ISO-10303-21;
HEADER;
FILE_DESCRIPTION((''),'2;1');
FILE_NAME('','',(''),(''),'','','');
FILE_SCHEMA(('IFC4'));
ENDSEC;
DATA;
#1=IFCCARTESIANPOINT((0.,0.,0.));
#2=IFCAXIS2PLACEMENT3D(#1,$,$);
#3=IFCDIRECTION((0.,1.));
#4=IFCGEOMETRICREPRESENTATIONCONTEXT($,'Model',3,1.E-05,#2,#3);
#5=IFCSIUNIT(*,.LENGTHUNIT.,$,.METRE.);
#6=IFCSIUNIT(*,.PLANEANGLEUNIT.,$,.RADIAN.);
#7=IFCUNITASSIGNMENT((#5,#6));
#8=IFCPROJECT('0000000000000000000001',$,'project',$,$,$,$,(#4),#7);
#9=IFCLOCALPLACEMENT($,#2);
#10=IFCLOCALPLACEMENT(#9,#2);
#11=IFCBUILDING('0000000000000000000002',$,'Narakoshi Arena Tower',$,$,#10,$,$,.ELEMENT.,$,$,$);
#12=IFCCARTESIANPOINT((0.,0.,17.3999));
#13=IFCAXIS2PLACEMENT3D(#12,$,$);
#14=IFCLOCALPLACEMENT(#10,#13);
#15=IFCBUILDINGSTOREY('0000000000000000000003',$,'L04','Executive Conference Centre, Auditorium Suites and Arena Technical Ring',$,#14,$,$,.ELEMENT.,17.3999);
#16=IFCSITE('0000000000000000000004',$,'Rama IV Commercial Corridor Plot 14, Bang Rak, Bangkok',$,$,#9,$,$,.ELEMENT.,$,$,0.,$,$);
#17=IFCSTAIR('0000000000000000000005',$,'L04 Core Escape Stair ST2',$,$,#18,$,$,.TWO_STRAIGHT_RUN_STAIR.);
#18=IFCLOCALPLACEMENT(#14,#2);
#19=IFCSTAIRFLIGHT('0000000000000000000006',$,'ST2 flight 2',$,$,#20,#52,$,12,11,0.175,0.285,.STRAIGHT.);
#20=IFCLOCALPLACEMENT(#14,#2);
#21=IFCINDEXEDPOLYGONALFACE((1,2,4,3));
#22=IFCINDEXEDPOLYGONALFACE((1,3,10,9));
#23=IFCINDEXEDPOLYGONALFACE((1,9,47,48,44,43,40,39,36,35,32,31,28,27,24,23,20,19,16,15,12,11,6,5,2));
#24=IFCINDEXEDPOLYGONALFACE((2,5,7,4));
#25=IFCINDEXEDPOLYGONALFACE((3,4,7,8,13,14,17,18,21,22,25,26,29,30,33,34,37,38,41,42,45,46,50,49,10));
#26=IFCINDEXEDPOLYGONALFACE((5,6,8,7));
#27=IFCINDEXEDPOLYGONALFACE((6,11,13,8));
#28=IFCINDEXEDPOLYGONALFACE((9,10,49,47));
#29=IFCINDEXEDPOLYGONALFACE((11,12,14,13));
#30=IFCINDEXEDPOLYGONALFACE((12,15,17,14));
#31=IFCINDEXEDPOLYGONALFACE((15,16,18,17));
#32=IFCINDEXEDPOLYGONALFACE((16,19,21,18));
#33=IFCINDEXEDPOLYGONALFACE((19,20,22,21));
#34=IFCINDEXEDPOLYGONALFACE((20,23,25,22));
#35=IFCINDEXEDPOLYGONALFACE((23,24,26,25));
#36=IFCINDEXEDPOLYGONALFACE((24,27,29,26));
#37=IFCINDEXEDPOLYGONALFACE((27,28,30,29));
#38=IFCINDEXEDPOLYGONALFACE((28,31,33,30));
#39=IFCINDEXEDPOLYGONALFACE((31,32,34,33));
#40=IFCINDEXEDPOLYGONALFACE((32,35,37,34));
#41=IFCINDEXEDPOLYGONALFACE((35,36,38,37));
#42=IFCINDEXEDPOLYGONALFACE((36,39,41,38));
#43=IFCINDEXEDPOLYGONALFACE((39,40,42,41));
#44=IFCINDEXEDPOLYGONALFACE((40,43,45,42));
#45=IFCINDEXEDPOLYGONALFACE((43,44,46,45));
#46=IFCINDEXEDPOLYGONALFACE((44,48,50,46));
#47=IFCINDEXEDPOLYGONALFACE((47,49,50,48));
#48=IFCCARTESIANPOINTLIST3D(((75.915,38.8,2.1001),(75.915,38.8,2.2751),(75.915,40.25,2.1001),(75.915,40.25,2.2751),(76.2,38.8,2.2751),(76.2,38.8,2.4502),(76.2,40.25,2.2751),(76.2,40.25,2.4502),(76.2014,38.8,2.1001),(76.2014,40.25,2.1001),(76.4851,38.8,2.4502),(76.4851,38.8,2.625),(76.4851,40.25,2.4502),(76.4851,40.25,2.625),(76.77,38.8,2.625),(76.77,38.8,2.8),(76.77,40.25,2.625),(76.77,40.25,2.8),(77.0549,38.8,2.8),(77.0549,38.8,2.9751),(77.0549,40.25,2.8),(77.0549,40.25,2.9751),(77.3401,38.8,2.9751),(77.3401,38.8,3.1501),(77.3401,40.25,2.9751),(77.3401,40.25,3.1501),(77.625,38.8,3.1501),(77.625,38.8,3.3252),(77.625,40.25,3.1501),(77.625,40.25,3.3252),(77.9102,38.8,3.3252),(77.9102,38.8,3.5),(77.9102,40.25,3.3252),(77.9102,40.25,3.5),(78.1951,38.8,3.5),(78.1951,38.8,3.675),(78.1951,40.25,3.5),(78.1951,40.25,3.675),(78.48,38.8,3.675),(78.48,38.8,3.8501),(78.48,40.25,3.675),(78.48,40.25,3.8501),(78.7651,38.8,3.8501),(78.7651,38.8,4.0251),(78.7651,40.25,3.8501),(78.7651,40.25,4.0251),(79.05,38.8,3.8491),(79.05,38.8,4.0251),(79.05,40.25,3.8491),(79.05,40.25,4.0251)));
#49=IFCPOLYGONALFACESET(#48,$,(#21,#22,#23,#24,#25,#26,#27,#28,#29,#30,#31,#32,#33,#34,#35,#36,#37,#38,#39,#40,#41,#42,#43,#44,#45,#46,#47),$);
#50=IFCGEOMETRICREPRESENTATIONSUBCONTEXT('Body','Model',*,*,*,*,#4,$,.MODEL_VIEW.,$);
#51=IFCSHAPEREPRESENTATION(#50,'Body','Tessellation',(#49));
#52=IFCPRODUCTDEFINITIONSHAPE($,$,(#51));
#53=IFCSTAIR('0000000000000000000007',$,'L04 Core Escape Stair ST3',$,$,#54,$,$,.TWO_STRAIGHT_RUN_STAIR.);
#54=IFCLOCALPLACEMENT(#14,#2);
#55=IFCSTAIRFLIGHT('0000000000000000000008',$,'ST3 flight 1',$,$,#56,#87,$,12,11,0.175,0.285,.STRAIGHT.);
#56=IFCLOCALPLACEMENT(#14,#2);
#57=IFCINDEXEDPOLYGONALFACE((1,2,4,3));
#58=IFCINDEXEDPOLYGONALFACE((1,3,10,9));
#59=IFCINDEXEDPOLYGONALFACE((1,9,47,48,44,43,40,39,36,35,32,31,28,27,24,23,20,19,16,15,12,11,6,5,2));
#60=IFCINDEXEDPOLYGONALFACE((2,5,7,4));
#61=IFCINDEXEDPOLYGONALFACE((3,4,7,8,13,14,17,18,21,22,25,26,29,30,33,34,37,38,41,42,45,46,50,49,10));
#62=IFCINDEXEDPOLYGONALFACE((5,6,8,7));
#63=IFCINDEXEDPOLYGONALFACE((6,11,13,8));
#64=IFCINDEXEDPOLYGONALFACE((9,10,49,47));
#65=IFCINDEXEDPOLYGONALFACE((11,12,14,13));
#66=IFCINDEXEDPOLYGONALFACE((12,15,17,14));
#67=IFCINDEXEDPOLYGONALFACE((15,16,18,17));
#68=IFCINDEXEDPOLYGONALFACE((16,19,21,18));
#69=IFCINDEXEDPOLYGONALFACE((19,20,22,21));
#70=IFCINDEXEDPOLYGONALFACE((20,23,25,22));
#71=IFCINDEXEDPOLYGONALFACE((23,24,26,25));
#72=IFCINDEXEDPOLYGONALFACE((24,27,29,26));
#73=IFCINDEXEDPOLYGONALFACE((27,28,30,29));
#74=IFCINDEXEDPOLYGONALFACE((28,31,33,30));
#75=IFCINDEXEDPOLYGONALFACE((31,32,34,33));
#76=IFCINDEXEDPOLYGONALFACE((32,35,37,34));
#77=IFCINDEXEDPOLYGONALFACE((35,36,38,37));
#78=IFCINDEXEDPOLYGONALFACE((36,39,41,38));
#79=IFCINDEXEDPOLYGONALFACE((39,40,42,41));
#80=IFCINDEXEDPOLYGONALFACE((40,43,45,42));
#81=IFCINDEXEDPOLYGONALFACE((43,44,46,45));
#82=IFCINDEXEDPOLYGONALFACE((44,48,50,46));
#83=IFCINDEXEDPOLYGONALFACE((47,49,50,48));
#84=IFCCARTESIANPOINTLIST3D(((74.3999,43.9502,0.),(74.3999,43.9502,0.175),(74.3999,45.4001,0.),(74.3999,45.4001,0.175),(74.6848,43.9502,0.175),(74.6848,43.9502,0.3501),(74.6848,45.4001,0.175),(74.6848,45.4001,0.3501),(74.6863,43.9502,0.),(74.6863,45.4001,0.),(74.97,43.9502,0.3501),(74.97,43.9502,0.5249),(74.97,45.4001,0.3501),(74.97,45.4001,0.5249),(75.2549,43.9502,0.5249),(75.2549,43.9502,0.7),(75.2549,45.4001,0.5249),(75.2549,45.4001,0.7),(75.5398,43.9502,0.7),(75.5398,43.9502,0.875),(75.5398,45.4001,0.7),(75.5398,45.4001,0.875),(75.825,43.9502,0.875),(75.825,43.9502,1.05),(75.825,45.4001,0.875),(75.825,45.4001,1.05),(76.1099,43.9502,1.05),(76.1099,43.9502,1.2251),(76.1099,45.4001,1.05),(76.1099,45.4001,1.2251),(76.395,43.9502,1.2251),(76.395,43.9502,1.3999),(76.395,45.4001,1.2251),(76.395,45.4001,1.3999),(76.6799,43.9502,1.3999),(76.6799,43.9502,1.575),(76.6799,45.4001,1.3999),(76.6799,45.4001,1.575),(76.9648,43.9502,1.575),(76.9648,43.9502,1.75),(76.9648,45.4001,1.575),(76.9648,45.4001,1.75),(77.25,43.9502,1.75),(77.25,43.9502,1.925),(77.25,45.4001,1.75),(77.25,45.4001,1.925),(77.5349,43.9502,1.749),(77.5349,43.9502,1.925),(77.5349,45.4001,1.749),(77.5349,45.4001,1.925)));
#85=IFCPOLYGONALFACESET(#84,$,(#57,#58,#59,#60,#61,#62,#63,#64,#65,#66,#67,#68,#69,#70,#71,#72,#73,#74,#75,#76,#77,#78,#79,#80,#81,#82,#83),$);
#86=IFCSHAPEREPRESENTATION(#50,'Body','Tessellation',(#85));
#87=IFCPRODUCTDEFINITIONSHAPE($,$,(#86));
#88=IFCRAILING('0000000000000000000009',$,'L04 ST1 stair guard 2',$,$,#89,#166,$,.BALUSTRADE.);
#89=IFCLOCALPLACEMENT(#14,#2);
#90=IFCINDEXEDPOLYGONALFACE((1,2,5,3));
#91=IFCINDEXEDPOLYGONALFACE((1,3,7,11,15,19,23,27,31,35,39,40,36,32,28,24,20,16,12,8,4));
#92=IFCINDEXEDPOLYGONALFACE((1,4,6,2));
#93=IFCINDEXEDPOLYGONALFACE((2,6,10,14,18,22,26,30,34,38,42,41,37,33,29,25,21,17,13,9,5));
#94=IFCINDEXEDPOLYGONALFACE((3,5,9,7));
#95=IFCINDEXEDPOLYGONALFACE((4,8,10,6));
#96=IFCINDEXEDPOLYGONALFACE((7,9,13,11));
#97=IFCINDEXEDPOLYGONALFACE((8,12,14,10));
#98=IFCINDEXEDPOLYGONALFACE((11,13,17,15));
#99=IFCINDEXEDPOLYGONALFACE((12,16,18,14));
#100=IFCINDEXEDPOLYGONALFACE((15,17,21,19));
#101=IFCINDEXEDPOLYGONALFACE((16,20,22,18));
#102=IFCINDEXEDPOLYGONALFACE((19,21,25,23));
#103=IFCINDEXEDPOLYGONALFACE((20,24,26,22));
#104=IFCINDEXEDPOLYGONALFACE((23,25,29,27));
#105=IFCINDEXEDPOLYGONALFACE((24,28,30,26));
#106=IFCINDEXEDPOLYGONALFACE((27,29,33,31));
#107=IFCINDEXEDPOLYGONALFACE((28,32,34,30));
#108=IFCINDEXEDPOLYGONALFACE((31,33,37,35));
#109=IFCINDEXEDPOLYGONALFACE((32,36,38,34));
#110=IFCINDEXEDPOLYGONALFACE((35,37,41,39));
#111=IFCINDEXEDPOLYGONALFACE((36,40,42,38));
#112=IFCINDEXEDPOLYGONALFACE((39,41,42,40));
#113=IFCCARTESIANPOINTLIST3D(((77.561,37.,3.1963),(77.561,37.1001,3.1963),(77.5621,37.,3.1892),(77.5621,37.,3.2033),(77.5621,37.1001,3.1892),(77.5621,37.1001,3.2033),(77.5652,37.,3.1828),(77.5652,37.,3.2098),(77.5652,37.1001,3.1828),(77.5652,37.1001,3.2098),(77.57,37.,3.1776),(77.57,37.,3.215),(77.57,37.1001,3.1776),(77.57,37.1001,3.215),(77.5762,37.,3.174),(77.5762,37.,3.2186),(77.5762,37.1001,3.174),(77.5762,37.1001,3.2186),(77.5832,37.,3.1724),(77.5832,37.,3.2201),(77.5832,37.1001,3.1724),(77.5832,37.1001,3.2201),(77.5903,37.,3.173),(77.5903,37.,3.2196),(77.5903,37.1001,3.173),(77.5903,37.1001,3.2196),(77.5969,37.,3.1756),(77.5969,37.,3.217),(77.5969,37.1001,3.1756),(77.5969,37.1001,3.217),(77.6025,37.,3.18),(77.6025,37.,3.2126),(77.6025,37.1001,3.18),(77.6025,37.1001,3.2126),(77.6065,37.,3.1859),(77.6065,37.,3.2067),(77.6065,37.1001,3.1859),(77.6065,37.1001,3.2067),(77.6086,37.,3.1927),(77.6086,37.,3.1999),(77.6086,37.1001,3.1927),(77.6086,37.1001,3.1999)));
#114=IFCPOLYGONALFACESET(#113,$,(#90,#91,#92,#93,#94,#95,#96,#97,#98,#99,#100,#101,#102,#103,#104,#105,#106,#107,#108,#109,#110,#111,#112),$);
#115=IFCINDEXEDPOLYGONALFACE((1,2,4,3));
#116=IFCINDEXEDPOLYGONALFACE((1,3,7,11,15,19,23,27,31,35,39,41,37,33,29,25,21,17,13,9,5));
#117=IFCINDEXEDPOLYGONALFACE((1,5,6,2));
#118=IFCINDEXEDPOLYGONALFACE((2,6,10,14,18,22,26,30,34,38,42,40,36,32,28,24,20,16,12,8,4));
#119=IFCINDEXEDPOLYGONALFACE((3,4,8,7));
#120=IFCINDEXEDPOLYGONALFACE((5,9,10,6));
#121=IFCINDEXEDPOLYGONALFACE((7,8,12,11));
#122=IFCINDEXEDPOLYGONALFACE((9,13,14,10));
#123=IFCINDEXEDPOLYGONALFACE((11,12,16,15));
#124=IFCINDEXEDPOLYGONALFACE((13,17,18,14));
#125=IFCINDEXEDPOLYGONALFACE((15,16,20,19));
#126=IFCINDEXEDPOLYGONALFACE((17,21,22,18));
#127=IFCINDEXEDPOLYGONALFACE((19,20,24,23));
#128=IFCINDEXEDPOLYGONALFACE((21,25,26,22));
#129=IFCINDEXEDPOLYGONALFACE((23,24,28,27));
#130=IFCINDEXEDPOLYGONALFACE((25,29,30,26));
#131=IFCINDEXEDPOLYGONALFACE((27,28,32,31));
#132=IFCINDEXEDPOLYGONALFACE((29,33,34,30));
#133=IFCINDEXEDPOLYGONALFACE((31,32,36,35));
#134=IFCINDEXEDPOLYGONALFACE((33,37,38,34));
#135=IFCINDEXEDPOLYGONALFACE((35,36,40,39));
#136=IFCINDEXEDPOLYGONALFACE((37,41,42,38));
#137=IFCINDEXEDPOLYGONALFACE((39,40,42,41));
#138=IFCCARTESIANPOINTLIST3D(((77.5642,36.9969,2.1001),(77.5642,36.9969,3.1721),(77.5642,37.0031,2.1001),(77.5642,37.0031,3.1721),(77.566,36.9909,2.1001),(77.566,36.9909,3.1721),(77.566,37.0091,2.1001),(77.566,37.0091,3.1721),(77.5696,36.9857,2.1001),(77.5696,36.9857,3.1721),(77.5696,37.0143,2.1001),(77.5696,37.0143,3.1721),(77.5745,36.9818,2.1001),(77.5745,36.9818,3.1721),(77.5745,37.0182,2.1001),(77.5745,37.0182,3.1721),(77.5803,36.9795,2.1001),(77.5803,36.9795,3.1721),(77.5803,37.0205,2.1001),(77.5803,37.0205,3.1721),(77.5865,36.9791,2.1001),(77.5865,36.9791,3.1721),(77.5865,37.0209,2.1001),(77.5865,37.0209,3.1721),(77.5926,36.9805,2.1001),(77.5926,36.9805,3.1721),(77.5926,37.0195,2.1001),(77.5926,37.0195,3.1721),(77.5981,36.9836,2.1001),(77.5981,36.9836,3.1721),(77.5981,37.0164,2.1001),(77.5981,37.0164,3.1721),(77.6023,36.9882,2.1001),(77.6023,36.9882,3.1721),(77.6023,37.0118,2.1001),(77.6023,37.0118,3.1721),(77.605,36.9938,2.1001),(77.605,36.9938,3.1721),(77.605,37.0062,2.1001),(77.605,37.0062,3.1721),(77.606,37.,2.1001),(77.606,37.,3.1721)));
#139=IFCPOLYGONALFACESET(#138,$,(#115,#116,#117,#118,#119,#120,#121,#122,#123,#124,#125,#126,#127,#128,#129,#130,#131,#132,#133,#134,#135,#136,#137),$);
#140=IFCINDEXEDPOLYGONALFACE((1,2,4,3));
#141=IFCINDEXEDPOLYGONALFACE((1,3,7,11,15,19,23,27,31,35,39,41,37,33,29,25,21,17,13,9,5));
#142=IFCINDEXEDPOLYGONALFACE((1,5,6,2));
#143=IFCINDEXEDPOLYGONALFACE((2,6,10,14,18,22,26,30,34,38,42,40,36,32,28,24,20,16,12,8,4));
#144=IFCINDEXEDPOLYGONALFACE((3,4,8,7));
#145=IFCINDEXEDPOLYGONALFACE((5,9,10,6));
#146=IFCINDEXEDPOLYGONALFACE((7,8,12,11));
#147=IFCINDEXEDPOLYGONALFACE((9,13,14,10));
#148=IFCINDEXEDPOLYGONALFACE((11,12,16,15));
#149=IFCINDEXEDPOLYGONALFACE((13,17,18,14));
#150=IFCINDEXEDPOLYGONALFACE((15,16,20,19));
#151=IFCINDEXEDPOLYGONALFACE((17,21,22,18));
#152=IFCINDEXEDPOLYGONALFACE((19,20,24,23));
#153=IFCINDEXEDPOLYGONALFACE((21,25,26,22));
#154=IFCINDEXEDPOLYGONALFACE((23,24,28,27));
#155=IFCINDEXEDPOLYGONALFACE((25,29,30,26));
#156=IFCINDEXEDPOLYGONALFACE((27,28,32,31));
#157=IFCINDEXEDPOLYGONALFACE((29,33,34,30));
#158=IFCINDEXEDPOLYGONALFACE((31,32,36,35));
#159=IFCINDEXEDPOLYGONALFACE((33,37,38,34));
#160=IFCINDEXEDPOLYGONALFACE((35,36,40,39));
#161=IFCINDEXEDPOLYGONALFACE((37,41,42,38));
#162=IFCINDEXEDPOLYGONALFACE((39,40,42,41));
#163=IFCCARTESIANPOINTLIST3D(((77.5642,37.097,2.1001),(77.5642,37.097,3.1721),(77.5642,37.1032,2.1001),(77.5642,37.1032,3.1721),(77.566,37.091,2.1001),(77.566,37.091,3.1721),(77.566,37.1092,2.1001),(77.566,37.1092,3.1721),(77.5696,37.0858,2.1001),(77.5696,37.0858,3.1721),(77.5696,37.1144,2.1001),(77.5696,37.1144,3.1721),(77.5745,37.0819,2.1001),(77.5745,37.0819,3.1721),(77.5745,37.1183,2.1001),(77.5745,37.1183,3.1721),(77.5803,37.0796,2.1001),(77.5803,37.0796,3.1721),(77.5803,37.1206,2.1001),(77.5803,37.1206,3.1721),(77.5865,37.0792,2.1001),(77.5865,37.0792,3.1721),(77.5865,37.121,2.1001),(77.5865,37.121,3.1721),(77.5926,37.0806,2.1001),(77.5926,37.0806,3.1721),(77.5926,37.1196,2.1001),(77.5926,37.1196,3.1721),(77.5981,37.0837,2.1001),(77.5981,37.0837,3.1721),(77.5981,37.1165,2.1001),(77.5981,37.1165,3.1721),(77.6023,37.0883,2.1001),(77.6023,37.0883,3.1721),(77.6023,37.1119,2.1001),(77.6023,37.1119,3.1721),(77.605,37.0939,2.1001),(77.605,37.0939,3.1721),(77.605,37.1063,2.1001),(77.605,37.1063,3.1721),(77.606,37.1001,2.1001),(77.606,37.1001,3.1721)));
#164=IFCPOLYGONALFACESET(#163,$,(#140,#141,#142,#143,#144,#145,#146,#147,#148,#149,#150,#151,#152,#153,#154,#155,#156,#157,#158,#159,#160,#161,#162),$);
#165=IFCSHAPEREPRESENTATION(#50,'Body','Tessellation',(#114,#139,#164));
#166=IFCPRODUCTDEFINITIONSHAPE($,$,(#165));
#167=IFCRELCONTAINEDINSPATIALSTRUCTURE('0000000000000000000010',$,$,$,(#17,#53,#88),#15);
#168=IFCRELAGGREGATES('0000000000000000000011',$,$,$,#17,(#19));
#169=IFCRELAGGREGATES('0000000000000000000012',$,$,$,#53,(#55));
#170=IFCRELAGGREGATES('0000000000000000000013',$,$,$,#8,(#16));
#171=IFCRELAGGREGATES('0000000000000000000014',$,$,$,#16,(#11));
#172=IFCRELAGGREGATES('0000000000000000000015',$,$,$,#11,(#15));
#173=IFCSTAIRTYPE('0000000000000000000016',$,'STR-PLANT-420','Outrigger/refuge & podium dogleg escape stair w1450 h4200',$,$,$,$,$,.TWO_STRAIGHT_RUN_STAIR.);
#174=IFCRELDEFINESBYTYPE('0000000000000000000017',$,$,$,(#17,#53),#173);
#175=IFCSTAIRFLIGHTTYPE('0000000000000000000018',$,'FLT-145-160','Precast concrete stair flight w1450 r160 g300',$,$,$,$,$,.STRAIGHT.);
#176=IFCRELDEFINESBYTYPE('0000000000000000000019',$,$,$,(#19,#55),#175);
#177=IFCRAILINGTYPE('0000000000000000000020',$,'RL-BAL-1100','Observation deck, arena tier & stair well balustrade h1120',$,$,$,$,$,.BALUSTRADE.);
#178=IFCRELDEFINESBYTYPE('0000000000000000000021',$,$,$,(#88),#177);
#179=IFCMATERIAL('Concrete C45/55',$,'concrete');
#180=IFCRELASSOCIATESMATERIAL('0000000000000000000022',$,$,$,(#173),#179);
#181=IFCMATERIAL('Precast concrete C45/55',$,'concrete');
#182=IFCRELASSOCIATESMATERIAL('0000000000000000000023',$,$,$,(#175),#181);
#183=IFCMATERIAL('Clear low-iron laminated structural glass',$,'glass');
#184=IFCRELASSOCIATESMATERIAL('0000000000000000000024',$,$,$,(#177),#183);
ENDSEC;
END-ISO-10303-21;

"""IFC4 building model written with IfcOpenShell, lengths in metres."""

from ifc_helpers import new_model, si_unit, direction, frame, origin, origin_2d, place, context, subcontext, project, spatial, polyline, circle, outline, extrude, material, type_object, element, aggregate, save


model = new_model("IFC4")

# Units and contexts
model_context = context("Model", 3, precision=1e-05, world=origin(), true_north=direction((0.0, 1.0)))
body_context = subcontext(model_context, "Body", "Model", "MODEL_VIEW")
ifc_project = project(units=[si_unit("LENGTHUNIT", "METRE"), si_unit("PLANEANGLEUNIT", "RADIAN")], contexts=[model_context])

# Site, building, storey
site_placement = place(None, origin())
site = spatial("IfcSite", under=ifc_project, at=site_placement, Name="Rama IV Commercial Corridor Plot 14, Bang Rak, Bangkok", CompositionType="ELEMENT", RefElevation=0.0)
building_placement = place(site_placement, origin())
building = spatial("IfcBuilding", under=site, at=building_placement, Name="Narakoshi Arena Tower", CompositionType="ELEMENT")
storey_placement = place(building_placement, frame((0.0, 0.0, 17.3999)))
storey = spatial("IfcBuildingStorey", under=building, at=storey_placement, Name="L04", Description="Executive Conference Centre, Auditorium Suites and Arena Technical Ring", CompositionType="ELEMENT", Elevation=17.3999)

# Shared definitions
ifc_material_1 = material(Name="Concrete C45/55", Category="concrete")
stair_type = type_object("IfcStairType", Name="STR-PLANT-420", Description="Outrigger/refuge & podium dogleg escape stair w1450 h4200", PredefinedType="TWO_STRAIGHT_RUN_STAIR", material=ifc_material_1)
ifc_material_2 = material(Name="Precast concrete C45/55", Category="concrete")
stair_flight_type = type_object("IfcStairFlightType", Name="FLT-145-160", Description="Precast concrete stair flight w1450 r160 g300", PredefinedType="STRAIGHT", material=ifc_material_2)

# Stair, stair flight
stair_1_placement = place(storey_placement, origin())
stair_1 = element("IfcStair", 1, at=stair_1_placement, inside=storey, type_object=stair_type, Name="L04 Core Escape Stair ST2", PredefinedType="TWO_STRAIGHT_RUN_STAIR")
stair_flight_1_placement = place(storey_placement, frame((75.915, 39.5249, 2.1001), z_axis=(0.0, 0.0, 1.0), x_axis=(1.0, 0.0, 0.0)))
stair_flight_1 = element("IfcStairFlight", 2, at=stair_flight_1_placement, type_object=stair_flight_type, Name="ST2 flight 2", NumberOfRisers=12, NumberOfTreads=11, PredefinedType="STRAIGHT", RiserHeight=0.175, TreadLength=0.285, context=body_context, shape_type="SweptSolid", body=[
    extrude(outline(polyline([(0.0, 0.0), (0.0, 0.175), (0.2849, 0.175), (0.2849, 0.3501), (0.5701, 0.3501), (0.5701, 0.5249), (0.855, 0.5249), (0.855, 0.7), (1.1399, 0.7), (1.1399, 0.875), (1.425, 0.875), (1.425, 1.05), (1.71, 1.05), (1.71, 1.2251), (1.9951, 1.2251), (1.9951, 1.3999), (2.28, 1.3999), (2.28, 1.575), (2.5649, 1.575), (2.5649, 1.75), (2.8501, 1.75), (2.8501, 1.925), (3.135, 1.925), (3.135, 2.1001), (3.135, 1.749), (0.2864, 0.0), (0.0, 0.0)])), frame((0.0, 0.7251, 0.0), z_axis=(0.0, -1.0, 0.0), x_axis=(1.0, 0.0, 0.0)), (0.0, 0.0, 1.0), 1.45),
])
aggregate(stair_1, [stair_flight_1])

# Stair, stair flight
stair_2_placement = place(storey_placement, origin())
stair_2 = element("IfcStair", 3, at=stair_2_placement, inside=storey, type_object=stair_type, Name="L04 Core Escape Stair ST3", PredefinedType="TWO_STRAIGHT_RUN_STAIR")
stair_flight_2_placement = place(storey_placement, frame((74.3999, 44.675, 0.0), z_axis=(0.0, 0.0, 1.0), x_axis=(1.0, 0.0, 0.0)))
stair_flight_2 = element("IfcStairFlight", 4, at=stair_flight_2_placement, type_object=stair_flight_type, Name="ST3 flight 1", NumberOfRisers=12, NumberOfTreads=11, PredefinedType="STRAIGHT", RiserHeight=0.175, TreadLength=0.285, context=body_context, shape_type="SweptSolid", body=[
    extrude(outline(polyline([(0.0, 0.0), (0.0, 0.175), (0.2849, 0.175), (0.2849, 0.3501), (0.5701, 0.3501), (0.5701, 0.5249), (0.855, 0.5249), (0.855, 0.7), (1.1399, 0.7), (1.1399, 0.875), (1.425, 0.875), (1.425, 1.05), (1.71, 1.05), (1.71, 1.2251), (1.9951, 1.2251), (1.9951, 1.3999), (2.28, 1.3999), (2.28, 1.575), (2.5649, 1.575), (2.5649, 1.75), (2.8501, 1.75), (2.8501, 1.925), (3.135, 1.925), (3.135, 2.1001), (3.135, 1.749), (0.2864, 0.0), (0.0, 0.0)])), frame((0.0, 0.7251, 0.0), z_axis=(0.0, -1.0, 0.0), x_axis=(1.0, 0.0, 0.0)), (0.0, 0.0, 1.0), 1.45),
])
aggregate(stair_2, [stair_flight_2])

# Railing
ifc_material_3 = material(Name="Clear low-iron laminated structural glass", Category="glass")
railing_type_1 = type_object("IfcRailingType", Name="RL-BAL-1100", Description="Observation deck, arena tier & stair well balustrade h1120", PredefinedType="BALUSTRADE", material=ifc_material_3)
railing_1_placement = place(storey_placement, frame((77.585, 37.0, 2.1001)))
element("IfcRailing", 5, at=railing_1_placement, inside=storey, type_object=railing_type_1, Name="L04 ST1 stair guard 2", PredefinedType="BALUSTRADE", context=body_context, shape_type="SweptSolid", body=[
    extrude(circle(Radius=0.0239, at=origin_2d()), frame((0.0, 0.0, 1.0962), z_axis=(0.0, 1.0, 0.0), x_axis=(-1.0, 0.0, 0.0)), (0.0, 0.0, 1.0), 0.1001),
    extrude(circle(Radius=0.021, at=origin_2d()), origin(), (0.0, 0.0, 1.0), 1.072),
    extrude(circle(Radius=0.021, at=origin_2d()), frame((0.0, 0.1001, 0.0)), (0.0, 0.0, 1.0), 1.072),
])

save(model, "model.ifc")
